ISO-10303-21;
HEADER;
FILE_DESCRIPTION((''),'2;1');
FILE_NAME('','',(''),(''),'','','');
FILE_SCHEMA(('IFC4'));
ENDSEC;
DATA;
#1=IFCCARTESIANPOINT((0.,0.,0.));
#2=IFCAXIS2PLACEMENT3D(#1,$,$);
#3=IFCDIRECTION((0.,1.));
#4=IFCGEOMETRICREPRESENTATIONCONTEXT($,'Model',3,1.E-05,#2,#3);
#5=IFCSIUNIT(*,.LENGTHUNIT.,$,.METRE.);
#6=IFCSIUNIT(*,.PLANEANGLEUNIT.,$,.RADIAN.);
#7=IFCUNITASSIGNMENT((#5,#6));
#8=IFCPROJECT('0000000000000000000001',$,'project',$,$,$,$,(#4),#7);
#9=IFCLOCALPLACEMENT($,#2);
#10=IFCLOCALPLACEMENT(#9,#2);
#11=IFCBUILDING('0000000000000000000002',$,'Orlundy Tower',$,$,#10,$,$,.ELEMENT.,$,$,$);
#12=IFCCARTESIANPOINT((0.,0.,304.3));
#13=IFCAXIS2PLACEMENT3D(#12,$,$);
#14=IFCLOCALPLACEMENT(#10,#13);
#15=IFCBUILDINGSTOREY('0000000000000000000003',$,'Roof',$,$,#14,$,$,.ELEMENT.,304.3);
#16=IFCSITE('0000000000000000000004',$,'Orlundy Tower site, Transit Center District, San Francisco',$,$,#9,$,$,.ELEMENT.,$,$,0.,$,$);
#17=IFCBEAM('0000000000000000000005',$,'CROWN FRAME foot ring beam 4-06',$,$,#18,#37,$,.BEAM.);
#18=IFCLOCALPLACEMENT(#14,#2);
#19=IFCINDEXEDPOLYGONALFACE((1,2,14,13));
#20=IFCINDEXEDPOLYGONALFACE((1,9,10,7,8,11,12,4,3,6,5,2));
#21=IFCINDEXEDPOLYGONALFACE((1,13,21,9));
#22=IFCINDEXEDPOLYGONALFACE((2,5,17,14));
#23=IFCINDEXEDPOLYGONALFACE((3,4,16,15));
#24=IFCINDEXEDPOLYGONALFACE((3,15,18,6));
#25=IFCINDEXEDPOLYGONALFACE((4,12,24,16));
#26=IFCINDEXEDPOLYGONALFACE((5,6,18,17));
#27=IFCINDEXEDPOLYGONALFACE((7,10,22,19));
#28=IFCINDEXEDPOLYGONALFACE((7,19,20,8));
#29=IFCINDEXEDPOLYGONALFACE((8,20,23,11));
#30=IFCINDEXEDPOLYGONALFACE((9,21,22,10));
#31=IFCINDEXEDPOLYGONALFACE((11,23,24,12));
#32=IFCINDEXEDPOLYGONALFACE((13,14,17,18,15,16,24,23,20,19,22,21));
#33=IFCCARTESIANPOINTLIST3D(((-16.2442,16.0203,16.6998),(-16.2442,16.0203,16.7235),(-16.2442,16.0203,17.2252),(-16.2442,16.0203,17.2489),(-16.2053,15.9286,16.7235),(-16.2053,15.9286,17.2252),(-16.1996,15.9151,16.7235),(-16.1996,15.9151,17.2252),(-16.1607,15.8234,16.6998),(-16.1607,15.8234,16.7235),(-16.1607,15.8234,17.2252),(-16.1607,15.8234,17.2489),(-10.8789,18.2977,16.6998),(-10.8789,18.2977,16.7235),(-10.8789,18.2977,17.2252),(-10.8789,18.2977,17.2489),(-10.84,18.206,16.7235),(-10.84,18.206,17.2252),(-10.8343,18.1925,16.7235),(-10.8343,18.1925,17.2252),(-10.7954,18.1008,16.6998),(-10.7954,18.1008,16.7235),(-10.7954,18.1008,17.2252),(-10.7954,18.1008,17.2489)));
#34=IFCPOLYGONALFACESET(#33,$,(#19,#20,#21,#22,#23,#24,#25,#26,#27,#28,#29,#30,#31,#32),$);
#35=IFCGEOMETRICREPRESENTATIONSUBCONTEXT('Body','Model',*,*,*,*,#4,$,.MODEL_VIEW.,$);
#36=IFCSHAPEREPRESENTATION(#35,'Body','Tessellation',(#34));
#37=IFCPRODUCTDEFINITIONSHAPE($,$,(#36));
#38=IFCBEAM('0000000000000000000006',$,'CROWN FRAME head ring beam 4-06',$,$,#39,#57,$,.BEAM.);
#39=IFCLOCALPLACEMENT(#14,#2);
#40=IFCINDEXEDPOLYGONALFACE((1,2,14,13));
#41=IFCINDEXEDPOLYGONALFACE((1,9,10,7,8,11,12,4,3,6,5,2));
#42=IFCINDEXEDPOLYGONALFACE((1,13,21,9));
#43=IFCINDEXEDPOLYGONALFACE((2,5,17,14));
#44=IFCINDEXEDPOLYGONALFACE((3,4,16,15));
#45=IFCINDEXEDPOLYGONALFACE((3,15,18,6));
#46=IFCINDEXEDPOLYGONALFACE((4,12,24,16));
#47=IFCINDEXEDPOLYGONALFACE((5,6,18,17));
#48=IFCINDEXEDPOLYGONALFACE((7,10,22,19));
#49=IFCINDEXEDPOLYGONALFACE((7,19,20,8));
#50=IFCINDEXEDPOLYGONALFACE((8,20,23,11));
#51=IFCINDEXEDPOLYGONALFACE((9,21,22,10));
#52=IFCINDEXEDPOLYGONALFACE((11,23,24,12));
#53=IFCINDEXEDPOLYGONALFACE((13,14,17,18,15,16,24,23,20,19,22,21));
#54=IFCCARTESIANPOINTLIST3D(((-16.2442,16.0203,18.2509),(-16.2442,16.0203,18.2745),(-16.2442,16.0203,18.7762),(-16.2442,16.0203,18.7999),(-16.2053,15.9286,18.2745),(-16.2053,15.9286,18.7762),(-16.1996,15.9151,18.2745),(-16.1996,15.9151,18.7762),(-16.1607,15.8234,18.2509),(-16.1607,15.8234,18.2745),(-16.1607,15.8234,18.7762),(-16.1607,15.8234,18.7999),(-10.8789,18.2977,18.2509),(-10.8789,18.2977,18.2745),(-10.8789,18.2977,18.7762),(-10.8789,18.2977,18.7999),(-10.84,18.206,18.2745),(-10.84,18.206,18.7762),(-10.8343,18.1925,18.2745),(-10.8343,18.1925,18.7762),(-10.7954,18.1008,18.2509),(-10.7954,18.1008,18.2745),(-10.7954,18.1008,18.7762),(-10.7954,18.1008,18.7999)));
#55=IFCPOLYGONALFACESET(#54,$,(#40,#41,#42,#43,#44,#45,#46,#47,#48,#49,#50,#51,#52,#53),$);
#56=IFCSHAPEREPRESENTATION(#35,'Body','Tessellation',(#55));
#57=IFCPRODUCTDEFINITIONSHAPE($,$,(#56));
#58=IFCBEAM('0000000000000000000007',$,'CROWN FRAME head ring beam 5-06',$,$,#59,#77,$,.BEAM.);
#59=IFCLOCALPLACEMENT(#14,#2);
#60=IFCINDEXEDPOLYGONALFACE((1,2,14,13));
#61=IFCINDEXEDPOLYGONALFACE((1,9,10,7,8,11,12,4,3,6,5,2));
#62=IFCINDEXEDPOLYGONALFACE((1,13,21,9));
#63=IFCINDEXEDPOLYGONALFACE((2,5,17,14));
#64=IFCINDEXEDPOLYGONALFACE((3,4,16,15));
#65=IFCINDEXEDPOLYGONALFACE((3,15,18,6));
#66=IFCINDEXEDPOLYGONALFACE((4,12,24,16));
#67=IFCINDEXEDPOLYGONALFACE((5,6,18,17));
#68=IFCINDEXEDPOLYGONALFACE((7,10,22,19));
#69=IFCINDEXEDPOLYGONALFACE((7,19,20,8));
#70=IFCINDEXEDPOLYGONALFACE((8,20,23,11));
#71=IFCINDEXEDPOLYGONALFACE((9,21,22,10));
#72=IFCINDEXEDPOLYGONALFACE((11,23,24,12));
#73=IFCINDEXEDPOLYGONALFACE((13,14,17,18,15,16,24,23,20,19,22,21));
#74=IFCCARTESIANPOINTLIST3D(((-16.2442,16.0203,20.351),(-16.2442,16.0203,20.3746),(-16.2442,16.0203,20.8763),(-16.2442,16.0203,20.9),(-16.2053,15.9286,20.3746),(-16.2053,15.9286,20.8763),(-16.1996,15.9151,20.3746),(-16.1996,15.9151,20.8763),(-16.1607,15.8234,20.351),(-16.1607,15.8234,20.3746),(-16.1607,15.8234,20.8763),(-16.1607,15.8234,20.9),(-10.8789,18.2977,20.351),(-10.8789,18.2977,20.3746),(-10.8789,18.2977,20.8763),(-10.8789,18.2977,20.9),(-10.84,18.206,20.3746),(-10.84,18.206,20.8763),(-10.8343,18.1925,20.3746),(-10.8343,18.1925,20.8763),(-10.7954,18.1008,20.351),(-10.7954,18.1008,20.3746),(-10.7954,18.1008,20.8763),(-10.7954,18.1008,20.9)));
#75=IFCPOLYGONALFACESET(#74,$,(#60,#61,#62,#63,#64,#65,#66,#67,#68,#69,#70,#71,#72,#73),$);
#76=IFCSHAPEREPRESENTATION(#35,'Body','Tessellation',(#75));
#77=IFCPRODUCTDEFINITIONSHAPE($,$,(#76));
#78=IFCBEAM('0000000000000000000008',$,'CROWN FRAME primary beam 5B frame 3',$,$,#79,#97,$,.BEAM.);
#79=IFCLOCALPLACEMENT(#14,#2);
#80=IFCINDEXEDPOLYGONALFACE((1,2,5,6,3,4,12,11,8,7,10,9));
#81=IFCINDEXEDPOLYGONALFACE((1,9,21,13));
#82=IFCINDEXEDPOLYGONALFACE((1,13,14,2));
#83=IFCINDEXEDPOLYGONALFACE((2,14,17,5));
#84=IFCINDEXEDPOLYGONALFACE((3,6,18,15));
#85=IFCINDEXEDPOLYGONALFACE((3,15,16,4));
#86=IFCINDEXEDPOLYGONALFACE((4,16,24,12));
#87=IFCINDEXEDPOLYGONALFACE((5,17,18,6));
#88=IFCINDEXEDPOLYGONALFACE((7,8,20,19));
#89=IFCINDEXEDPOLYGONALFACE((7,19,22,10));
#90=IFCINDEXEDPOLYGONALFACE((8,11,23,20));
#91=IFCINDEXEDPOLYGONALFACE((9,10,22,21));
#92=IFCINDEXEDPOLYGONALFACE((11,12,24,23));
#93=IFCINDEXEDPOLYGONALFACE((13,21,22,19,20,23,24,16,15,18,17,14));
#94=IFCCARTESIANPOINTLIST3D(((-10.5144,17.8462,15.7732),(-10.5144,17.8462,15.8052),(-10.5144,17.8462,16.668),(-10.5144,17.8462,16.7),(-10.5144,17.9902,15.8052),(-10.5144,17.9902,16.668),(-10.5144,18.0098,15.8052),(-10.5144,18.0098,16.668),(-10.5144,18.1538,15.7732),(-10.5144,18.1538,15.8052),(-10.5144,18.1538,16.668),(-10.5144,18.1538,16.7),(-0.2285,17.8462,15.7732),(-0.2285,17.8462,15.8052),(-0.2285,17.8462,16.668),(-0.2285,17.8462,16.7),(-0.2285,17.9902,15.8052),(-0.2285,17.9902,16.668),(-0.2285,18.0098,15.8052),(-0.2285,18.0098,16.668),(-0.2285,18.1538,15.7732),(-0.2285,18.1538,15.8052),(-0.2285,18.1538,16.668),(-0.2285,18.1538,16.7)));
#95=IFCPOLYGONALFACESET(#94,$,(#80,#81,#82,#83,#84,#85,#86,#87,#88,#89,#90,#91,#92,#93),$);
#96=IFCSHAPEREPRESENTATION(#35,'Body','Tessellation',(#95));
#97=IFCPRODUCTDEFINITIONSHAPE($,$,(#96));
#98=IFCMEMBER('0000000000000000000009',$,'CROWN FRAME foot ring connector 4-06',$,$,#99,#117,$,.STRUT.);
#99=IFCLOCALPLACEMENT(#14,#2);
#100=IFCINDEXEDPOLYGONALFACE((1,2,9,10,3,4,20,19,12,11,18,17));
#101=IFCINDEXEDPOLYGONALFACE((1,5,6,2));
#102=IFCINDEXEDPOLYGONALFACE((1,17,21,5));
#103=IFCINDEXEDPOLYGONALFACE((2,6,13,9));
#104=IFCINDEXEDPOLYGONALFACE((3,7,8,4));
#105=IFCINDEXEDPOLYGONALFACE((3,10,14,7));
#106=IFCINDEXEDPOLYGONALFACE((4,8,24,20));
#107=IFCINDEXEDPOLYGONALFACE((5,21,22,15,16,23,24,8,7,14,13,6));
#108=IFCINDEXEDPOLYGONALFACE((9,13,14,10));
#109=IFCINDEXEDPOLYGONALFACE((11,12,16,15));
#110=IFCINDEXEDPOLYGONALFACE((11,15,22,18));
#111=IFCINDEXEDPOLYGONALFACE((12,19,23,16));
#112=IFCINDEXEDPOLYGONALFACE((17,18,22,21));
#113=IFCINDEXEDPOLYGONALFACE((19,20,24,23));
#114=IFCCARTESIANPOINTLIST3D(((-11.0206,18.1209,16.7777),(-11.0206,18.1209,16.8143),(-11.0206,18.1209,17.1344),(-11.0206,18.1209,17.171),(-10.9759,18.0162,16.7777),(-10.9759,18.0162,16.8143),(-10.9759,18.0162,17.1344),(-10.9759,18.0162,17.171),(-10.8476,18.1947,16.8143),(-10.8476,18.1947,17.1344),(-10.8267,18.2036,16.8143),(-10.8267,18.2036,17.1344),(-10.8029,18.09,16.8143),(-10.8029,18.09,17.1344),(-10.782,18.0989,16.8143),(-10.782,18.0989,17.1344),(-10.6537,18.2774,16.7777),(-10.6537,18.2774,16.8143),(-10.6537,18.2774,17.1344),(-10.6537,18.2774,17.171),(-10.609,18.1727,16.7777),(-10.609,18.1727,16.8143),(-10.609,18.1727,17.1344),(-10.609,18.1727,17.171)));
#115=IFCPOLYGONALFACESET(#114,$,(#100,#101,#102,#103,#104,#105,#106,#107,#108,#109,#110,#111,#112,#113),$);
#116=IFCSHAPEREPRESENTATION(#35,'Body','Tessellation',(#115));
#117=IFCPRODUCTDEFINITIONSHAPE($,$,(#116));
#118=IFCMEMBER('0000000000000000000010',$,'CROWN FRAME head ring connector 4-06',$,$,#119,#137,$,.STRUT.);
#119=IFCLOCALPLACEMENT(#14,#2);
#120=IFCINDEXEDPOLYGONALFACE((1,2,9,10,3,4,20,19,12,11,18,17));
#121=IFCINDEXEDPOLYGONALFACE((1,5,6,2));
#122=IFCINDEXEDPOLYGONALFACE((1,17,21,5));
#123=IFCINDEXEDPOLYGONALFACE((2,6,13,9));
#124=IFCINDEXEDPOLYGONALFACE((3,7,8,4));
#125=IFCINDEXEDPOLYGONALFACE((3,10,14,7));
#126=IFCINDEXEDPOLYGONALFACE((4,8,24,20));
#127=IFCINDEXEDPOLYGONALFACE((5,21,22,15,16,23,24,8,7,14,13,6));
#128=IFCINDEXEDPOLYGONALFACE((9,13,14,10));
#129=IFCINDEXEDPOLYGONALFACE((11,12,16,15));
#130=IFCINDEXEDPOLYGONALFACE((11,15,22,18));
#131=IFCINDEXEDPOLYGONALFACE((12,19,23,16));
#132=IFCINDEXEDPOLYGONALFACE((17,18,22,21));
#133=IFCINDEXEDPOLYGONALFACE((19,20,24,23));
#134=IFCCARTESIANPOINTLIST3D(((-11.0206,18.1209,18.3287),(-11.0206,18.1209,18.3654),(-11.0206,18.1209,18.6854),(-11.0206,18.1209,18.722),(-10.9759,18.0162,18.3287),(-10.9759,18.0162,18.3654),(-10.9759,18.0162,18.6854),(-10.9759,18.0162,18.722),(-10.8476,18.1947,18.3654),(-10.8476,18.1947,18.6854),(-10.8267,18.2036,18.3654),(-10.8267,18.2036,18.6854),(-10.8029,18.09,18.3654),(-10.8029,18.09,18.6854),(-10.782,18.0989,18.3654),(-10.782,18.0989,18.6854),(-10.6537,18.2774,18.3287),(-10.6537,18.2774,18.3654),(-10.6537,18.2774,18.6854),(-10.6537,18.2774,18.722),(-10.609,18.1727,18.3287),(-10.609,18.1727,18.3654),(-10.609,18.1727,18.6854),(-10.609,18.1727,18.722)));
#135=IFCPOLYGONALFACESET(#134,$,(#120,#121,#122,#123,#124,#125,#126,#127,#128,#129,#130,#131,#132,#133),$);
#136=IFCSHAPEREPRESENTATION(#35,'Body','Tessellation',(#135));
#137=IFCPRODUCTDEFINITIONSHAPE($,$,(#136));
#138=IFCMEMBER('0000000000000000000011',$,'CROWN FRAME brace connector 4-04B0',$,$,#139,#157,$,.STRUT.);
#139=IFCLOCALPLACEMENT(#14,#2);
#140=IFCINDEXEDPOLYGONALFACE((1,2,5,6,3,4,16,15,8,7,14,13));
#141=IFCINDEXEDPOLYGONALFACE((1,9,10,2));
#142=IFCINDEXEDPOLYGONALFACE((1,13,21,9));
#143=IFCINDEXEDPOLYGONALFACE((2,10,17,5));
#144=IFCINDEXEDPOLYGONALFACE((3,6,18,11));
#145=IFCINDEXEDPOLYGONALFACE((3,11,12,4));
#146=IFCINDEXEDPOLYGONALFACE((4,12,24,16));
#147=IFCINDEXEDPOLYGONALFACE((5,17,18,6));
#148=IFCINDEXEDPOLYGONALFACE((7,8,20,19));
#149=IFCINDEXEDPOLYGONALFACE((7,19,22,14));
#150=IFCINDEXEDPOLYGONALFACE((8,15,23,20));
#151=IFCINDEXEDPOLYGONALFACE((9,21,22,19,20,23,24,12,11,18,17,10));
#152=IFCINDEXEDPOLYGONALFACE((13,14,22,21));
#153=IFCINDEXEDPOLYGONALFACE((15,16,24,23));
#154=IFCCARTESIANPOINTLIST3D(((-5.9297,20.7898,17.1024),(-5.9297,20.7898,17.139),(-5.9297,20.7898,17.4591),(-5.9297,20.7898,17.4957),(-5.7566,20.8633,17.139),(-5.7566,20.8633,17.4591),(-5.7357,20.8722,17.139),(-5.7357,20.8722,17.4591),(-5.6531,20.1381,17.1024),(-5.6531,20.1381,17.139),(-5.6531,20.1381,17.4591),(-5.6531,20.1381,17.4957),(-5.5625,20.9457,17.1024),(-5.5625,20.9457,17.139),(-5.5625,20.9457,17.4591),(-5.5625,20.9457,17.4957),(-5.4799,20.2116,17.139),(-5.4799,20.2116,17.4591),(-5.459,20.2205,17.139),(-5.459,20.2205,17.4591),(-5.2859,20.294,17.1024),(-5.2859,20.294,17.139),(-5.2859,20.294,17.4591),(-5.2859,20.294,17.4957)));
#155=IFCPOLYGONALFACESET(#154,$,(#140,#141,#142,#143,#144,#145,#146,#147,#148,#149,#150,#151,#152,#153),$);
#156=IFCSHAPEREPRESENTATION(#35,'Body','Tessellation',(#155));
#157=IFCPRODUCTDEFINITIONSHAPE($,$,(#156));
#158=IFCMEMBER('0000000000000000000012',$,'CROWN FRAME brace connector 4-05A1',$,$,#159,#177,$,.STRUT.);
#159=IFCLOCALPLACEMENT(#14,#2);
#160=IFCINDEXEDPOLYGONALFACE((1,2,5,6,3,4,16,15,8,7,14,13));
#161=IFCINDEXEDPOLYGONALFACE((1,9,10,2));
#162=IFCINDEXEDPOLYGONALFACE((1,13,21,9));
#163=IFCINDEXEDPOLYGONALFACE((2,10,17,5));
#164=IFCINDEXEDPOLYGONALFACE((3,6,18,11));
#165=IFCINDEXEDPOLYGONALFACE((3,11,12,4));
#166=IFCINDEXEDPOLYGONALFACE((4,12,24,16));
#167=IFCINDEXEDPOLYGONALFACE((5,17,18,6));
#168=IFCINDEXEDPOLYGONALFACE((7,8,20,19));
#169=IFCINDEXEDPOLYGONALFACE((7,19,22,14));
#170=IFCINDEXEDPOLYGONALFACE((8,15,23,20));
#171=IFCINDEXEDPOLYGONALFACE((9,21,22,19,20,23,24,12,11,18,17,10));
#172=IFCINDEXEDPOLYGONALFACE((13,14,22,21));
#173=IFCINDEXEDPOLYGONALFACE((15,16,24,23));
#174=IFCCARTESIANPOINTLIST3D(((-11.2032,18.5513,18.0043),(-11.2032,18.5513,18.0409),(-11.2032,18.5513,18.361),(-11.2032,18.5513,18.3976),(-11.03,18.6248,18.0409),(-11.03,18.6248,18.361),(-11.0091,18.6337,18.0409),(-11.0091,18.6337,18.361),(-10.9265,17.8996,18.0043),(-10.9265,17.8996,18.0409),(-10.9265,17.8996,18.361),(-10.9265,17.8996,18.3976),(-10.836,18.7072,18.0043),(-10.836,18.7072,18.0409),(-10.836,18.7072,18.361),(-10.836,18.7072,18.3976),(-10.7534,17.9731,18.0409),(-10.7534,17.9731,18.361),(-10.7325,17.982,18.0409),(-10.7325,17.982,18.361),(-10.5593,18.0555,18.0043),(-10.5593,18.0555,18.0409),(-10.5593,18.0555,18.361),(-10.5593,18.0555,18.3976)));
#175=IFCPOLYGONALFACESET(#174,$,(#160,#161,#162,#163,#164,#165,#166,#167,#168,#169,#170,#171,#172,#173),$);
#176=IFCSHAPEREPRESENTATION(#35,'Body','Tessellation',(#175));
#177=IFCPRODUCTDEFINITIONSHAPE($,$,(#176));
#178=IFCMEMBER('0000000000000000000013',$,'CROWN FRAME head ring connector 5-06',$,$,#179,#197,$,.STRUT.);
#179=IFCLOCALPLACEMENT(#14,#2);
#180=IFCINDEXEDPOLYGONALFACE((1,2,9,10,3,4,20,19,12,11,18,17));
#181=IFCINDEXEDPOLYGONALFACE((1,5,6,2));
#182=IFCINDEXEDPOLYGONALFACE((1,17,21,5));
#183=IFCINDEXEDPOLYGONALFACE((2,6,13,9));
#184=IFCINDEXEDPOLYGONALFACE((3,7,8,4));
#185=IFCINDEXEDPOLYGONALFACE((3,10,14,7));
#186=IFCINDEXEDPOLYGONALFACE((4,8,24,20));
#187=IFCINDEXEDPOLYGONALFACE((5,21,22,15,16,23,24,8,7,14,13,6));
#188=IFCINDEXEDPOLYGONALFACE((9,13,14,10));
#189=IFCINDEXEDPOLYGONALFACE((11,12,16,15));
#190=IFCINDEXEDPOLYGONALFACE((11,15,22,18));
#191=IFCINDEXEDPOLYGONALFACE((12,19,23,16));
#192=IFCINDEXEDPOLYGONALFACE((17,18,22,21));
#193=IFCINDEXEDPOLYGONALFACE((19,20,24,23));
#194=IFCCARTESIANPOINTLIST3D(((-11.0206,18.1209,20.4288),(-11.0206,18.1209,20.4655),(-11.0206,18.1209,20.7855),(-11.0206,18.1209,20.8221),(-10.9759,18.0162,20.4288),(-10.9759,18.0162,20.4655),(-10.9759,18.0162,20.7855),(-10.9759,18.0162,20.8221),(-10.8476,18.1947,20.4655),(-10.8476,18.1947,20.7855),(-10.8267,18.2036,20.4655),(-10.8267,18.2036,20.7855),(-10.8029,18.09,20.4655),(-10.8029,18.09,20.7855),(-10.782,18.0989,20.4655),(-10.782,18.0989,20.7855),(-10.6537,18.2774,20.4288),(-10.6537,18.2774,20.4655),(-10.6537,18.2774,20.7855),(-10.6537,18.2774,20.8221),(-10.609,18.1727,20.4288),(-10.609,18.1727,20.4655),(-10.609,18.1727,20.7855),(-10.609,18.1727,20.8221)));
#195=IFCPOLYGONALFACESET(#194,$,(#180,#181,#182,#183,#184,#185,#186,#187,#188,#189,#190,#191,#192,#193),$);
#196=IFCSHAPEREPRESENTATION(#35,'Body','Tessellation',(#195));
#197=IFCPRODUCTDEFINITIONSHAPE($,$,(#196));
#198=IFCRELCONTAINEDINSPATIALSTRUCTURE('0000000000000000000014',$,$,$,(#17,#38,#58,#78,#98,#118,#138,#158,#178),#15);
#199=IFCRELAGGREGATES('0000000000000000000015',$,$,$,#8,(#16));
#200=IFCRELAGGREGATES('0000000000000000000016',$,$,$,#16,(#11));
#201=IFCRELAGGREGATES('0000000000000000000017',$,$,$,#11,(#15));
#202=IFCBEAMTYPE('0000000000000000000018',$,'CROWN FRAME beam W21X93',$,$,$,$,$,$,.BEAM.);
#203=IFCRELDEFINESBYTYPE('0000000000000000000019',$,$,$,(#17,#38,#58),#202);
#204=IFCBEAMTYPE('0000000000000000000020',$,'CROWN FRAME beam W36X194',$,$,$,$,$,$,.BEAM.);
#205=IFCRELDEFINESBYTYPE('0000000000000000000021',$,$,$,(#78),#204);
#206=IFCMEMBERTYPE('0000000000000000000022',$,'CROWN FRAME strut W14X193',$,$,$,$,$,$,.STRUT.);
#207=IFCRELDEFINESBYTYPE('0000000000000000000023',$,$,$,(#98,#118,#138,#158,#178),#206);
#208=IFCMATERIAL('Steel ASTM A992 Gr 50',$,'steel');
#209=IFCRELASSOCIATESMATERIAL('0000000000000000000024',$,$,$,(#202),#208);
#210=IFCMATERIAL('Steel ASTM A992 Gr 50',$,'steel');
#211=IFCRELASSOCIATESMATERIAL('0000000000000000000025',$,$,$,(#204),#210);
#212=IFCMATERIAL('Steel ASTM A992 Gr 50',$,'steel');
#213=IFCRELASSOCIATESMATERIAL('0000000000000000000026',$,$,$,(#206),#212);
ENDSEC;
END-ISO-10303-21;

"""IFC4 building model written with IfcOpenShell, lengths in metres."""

from ifc_helpers import new_model, si_unit, direction, frame, origin, origin_2d, place, context, subcontext, project, spatial, i_section, extrude, material, material_profile, profile_set, type_object, element, save


model = new_model("IFC4")

# Units and contexts
model_context = context("Model", 3, precision=1e-05, world=origin(), true_north=direction((0.0, 1.0)))
body_context = subcontext(model_context, "Body", "Model", "MODEL_VIEW")
ifc_project = project(units=[si_unit("LENGTHUNIT", "METRE"), si_unit("PLANEANGLEUNIT", "RADIAN")], contexts=[model_context])

# Site, building, storey
site_placement = place(None, origin())
site = spatial("IfcSite", under=ifc_project, at=site_placement, Name="Orlundy Tower site, Transit Center District, San Francisco", CompositionType="ELEMENT", RefElevation=0.0)
building_placement = place(site_placement, origin())
building = spatial("IfcBuilding", under=site, at=building_placement, Name="Orlundy Tower", CompositionType="ELEMENT")
storey_placement = place(building_placement, frame((0.0, 0.0, 304.3)))
storey = spatial("IfcBuildingStorey", under=building, at=storey_placement, Name="Roof", CompositionType="ELEMENT", Elevation=304.3)

# Beams
ifc_material_1 = material(Name="Steel ASTM A992 Gr 50", Category="steel")
ifc_material_profile_1 = material_profile(ifc_material_1, i_section(OverallWidth=0.2139, OverallDepth=0.5491, WebThickness=0.0146, FlangeThickness=0.0237, at=origin_2d()), Name="W21X93")
ifc_profile_set_1 = profile_set([ifc_material_profile_1], Name="Steel ASTM A992 Gr 50")
beam_type_1 = type_object("IfcBeamType", Name="CROWN FRAME beam W21X93", PredefinedType="BEAM", material=ifc_profile_set_1)
for number, where, z_axis, x_axis, name in (
    (1, (-10.8372, 18.1992, 16.9744), (-0.920509, -0.390722, 0.0), (0.390722, -0.920509, 0.0), "CROWN FRAME foot ring beam 4-06"),
    (2, (-10.8372, 18.1992, 18.5254), (-0.920509, -0.390722, 0.0), (0.390722, -0.920509, 0.0), "CROWN FRAME head ring beam 4-06"),
    (3, (-10.8372, 18.1992, 20.6255), (-0.920509, -0.390722, 0.0), (0.390722, -0.920509, 0.0), "CROWN FRAME head ring beam 5-06"),
):
    element("IfcBeam", number, at=place(storey_placement, frame(where, z_axis=z_axis, x_axis=x_axis)), inside=storey, type_object=beam_type_1, Name=name, PredefinedType="BEAM", context=body_context, shape_type="SweptSolid", body=[
        extrude(i_section(OverallWidth=0.2139, OverallDepth=0.5491, WebThickness=0.0146, FlangeThickness=0.0237, at=origin_2d()), origin(), (0.0, 0.0, 1.0), 5.8286),
    ])
ifc_material_2 = material(Name="Steel ASTM A992 Gr 50", Category="steel")
ifc_material_profile_2 = material_profile(ifc_material_2, i_section(OverallWidth=0.3076, OverallDepth=0.9268, WebThickness=0.0195, FlangeThickness=0.032, at=origin_2d()), Name="W36X194")
ifc_profile_set_2 = profile_set([ifc_material_profile_2], Name="Steel ASTM A992 Gr 50")
beam_type_2 = type_object("IfcBeamType", Name="CROWN FRAME beam W36X194", PredefinedType="BEAM", material=ifc_profile_set_2)
beam_1_placement = place(storey_placement, frame((-10.5144, 18.0, 16.2366), z_axis=(1.0, 0.0, 0.0), x_axis=(0.0, 1.0, 0.0)))
element("IfcBeam", 4, at=beam_1_placement, inside=storey, type_object=beam_type_2, Name="CROWN FRAME primary beam 5B frame 3", PredefinedType="BEAM", context=body_context, shape_type="SweptSolid", body=[
    extrude(i_section(OverallWidth=0.3076, OverallDepth=0.9268, WebThickness=0.0195, FlangeThickness=0.032, at=origin_2d()), origin(), (0.0, 0.0, 1.0), 10.2859),
])

# Members
ifc_material_3 = material(Name="Steel ASTM A992 Gr 50", Category="steel")
ifc_material_profile_3 = material_profile(ifc_material_3, i_section(OverallWidth=0.3989, OverallDepth=0.3933, WebThickness=0.0227, FlangeThickness=0.0366, at=origin_2d()), Name="W14X193")
ifc_profile_set_3 = profile_set([ifc_material_profile_3], Name="Steel ASTM A992 Gr 50")
member_type = type_object("IfcMemberType", Name="CROWN FRAME strut W14X193", PredefinedType="STRUT", material=ifc_profile_set_3)
for number, where, z_axis, x_axis, name in (
    (5, (-10.7925, 18.0945, 16.9744), (-0.392366, 0.919809, 0.0), (-0.919809, -0.392366, 0.0), "CROWN FRAME foot ring connector 4-06"),
    (6, (-10.7925, 18.0945, 18.5254), (-0.392366, 0.919809, 0.0), (-0.919809, -0.392366, 0.0), "CROWN FRAME head ring connector 4-06"),
):
    element("IfcMember", number, at=place(storey_placement, frame(where, z_axis=z_axis, x_axis=x_axis)), inside=storey, type_object=member_type, Name=name, PredefinedType="STRUT", context=body_context, shape_type="SweptSolid", body=[
        extrude(i_section(OverallWidth=0.3989, OverallDepth=0.3933, WebThickness=0.0227, FlangeThickness=0.0366, at=origin_2d()), origin(), (0.0, 0.0, 1.0), 0.1138),
    ])
for number, where, z_axis, x_axis, name in (
    (7, (-5.4695, 20.2161, 17.2991), (-0.390754, 0.920495, 0.0), (-0.920495, -0.390754, 0.0), "CROWN FRAME brace connector 4-04B0"),
    (8, (-10.7429, 17.9775, 18.2009), (-0.390754, 0.920495, 0.0), (-0.920495, -0.390754, 0.0), "CROWN FRAME brace connector 4-05A1"),
):
    element("IfcMember", number, at=place(storey_placement, frame(where, z_axis=z_axis, x_axis=x_axis)), inside=storey, type_object=member_type, Name=name, PredefinedType="STRUT", context=body_context, shape_type="SweptSolid", body=[
        extrude(i_section(OverallWidth=0.3989, OverallDepth=0.3933, WebThickness=0.0227, FlangeThickness=0.0366, at=origin_2d()), origin(), (0.0, 0.0, 1.0), 0.708),
    ])
member_1_placement = place(storey_placement, frame((-10.7925, 18.0945, 20.6255), z_axis=(-0.392366, 0.919809, 0.0), x_axis=(-0.919809, -0.392366, 0.0)))
element("IfcMember", 9, at=member_1_placement, inside=storey, type_object=member_type, Name="CROWN FRAME head ring connector 5-06", PredefinedType="STRUT", context=body_context, shape_type="SweptSolid", body=[
    extrude(i_section(OverallWidth=0.3989, OverallDepth=0.3933, WebThickness=0.0227, FlangeThickness=0.0366, at=origin_2d()), origin(), (0.0, 0.0, 1.0), 0.1138),
])

save(model, "model.ifc")
